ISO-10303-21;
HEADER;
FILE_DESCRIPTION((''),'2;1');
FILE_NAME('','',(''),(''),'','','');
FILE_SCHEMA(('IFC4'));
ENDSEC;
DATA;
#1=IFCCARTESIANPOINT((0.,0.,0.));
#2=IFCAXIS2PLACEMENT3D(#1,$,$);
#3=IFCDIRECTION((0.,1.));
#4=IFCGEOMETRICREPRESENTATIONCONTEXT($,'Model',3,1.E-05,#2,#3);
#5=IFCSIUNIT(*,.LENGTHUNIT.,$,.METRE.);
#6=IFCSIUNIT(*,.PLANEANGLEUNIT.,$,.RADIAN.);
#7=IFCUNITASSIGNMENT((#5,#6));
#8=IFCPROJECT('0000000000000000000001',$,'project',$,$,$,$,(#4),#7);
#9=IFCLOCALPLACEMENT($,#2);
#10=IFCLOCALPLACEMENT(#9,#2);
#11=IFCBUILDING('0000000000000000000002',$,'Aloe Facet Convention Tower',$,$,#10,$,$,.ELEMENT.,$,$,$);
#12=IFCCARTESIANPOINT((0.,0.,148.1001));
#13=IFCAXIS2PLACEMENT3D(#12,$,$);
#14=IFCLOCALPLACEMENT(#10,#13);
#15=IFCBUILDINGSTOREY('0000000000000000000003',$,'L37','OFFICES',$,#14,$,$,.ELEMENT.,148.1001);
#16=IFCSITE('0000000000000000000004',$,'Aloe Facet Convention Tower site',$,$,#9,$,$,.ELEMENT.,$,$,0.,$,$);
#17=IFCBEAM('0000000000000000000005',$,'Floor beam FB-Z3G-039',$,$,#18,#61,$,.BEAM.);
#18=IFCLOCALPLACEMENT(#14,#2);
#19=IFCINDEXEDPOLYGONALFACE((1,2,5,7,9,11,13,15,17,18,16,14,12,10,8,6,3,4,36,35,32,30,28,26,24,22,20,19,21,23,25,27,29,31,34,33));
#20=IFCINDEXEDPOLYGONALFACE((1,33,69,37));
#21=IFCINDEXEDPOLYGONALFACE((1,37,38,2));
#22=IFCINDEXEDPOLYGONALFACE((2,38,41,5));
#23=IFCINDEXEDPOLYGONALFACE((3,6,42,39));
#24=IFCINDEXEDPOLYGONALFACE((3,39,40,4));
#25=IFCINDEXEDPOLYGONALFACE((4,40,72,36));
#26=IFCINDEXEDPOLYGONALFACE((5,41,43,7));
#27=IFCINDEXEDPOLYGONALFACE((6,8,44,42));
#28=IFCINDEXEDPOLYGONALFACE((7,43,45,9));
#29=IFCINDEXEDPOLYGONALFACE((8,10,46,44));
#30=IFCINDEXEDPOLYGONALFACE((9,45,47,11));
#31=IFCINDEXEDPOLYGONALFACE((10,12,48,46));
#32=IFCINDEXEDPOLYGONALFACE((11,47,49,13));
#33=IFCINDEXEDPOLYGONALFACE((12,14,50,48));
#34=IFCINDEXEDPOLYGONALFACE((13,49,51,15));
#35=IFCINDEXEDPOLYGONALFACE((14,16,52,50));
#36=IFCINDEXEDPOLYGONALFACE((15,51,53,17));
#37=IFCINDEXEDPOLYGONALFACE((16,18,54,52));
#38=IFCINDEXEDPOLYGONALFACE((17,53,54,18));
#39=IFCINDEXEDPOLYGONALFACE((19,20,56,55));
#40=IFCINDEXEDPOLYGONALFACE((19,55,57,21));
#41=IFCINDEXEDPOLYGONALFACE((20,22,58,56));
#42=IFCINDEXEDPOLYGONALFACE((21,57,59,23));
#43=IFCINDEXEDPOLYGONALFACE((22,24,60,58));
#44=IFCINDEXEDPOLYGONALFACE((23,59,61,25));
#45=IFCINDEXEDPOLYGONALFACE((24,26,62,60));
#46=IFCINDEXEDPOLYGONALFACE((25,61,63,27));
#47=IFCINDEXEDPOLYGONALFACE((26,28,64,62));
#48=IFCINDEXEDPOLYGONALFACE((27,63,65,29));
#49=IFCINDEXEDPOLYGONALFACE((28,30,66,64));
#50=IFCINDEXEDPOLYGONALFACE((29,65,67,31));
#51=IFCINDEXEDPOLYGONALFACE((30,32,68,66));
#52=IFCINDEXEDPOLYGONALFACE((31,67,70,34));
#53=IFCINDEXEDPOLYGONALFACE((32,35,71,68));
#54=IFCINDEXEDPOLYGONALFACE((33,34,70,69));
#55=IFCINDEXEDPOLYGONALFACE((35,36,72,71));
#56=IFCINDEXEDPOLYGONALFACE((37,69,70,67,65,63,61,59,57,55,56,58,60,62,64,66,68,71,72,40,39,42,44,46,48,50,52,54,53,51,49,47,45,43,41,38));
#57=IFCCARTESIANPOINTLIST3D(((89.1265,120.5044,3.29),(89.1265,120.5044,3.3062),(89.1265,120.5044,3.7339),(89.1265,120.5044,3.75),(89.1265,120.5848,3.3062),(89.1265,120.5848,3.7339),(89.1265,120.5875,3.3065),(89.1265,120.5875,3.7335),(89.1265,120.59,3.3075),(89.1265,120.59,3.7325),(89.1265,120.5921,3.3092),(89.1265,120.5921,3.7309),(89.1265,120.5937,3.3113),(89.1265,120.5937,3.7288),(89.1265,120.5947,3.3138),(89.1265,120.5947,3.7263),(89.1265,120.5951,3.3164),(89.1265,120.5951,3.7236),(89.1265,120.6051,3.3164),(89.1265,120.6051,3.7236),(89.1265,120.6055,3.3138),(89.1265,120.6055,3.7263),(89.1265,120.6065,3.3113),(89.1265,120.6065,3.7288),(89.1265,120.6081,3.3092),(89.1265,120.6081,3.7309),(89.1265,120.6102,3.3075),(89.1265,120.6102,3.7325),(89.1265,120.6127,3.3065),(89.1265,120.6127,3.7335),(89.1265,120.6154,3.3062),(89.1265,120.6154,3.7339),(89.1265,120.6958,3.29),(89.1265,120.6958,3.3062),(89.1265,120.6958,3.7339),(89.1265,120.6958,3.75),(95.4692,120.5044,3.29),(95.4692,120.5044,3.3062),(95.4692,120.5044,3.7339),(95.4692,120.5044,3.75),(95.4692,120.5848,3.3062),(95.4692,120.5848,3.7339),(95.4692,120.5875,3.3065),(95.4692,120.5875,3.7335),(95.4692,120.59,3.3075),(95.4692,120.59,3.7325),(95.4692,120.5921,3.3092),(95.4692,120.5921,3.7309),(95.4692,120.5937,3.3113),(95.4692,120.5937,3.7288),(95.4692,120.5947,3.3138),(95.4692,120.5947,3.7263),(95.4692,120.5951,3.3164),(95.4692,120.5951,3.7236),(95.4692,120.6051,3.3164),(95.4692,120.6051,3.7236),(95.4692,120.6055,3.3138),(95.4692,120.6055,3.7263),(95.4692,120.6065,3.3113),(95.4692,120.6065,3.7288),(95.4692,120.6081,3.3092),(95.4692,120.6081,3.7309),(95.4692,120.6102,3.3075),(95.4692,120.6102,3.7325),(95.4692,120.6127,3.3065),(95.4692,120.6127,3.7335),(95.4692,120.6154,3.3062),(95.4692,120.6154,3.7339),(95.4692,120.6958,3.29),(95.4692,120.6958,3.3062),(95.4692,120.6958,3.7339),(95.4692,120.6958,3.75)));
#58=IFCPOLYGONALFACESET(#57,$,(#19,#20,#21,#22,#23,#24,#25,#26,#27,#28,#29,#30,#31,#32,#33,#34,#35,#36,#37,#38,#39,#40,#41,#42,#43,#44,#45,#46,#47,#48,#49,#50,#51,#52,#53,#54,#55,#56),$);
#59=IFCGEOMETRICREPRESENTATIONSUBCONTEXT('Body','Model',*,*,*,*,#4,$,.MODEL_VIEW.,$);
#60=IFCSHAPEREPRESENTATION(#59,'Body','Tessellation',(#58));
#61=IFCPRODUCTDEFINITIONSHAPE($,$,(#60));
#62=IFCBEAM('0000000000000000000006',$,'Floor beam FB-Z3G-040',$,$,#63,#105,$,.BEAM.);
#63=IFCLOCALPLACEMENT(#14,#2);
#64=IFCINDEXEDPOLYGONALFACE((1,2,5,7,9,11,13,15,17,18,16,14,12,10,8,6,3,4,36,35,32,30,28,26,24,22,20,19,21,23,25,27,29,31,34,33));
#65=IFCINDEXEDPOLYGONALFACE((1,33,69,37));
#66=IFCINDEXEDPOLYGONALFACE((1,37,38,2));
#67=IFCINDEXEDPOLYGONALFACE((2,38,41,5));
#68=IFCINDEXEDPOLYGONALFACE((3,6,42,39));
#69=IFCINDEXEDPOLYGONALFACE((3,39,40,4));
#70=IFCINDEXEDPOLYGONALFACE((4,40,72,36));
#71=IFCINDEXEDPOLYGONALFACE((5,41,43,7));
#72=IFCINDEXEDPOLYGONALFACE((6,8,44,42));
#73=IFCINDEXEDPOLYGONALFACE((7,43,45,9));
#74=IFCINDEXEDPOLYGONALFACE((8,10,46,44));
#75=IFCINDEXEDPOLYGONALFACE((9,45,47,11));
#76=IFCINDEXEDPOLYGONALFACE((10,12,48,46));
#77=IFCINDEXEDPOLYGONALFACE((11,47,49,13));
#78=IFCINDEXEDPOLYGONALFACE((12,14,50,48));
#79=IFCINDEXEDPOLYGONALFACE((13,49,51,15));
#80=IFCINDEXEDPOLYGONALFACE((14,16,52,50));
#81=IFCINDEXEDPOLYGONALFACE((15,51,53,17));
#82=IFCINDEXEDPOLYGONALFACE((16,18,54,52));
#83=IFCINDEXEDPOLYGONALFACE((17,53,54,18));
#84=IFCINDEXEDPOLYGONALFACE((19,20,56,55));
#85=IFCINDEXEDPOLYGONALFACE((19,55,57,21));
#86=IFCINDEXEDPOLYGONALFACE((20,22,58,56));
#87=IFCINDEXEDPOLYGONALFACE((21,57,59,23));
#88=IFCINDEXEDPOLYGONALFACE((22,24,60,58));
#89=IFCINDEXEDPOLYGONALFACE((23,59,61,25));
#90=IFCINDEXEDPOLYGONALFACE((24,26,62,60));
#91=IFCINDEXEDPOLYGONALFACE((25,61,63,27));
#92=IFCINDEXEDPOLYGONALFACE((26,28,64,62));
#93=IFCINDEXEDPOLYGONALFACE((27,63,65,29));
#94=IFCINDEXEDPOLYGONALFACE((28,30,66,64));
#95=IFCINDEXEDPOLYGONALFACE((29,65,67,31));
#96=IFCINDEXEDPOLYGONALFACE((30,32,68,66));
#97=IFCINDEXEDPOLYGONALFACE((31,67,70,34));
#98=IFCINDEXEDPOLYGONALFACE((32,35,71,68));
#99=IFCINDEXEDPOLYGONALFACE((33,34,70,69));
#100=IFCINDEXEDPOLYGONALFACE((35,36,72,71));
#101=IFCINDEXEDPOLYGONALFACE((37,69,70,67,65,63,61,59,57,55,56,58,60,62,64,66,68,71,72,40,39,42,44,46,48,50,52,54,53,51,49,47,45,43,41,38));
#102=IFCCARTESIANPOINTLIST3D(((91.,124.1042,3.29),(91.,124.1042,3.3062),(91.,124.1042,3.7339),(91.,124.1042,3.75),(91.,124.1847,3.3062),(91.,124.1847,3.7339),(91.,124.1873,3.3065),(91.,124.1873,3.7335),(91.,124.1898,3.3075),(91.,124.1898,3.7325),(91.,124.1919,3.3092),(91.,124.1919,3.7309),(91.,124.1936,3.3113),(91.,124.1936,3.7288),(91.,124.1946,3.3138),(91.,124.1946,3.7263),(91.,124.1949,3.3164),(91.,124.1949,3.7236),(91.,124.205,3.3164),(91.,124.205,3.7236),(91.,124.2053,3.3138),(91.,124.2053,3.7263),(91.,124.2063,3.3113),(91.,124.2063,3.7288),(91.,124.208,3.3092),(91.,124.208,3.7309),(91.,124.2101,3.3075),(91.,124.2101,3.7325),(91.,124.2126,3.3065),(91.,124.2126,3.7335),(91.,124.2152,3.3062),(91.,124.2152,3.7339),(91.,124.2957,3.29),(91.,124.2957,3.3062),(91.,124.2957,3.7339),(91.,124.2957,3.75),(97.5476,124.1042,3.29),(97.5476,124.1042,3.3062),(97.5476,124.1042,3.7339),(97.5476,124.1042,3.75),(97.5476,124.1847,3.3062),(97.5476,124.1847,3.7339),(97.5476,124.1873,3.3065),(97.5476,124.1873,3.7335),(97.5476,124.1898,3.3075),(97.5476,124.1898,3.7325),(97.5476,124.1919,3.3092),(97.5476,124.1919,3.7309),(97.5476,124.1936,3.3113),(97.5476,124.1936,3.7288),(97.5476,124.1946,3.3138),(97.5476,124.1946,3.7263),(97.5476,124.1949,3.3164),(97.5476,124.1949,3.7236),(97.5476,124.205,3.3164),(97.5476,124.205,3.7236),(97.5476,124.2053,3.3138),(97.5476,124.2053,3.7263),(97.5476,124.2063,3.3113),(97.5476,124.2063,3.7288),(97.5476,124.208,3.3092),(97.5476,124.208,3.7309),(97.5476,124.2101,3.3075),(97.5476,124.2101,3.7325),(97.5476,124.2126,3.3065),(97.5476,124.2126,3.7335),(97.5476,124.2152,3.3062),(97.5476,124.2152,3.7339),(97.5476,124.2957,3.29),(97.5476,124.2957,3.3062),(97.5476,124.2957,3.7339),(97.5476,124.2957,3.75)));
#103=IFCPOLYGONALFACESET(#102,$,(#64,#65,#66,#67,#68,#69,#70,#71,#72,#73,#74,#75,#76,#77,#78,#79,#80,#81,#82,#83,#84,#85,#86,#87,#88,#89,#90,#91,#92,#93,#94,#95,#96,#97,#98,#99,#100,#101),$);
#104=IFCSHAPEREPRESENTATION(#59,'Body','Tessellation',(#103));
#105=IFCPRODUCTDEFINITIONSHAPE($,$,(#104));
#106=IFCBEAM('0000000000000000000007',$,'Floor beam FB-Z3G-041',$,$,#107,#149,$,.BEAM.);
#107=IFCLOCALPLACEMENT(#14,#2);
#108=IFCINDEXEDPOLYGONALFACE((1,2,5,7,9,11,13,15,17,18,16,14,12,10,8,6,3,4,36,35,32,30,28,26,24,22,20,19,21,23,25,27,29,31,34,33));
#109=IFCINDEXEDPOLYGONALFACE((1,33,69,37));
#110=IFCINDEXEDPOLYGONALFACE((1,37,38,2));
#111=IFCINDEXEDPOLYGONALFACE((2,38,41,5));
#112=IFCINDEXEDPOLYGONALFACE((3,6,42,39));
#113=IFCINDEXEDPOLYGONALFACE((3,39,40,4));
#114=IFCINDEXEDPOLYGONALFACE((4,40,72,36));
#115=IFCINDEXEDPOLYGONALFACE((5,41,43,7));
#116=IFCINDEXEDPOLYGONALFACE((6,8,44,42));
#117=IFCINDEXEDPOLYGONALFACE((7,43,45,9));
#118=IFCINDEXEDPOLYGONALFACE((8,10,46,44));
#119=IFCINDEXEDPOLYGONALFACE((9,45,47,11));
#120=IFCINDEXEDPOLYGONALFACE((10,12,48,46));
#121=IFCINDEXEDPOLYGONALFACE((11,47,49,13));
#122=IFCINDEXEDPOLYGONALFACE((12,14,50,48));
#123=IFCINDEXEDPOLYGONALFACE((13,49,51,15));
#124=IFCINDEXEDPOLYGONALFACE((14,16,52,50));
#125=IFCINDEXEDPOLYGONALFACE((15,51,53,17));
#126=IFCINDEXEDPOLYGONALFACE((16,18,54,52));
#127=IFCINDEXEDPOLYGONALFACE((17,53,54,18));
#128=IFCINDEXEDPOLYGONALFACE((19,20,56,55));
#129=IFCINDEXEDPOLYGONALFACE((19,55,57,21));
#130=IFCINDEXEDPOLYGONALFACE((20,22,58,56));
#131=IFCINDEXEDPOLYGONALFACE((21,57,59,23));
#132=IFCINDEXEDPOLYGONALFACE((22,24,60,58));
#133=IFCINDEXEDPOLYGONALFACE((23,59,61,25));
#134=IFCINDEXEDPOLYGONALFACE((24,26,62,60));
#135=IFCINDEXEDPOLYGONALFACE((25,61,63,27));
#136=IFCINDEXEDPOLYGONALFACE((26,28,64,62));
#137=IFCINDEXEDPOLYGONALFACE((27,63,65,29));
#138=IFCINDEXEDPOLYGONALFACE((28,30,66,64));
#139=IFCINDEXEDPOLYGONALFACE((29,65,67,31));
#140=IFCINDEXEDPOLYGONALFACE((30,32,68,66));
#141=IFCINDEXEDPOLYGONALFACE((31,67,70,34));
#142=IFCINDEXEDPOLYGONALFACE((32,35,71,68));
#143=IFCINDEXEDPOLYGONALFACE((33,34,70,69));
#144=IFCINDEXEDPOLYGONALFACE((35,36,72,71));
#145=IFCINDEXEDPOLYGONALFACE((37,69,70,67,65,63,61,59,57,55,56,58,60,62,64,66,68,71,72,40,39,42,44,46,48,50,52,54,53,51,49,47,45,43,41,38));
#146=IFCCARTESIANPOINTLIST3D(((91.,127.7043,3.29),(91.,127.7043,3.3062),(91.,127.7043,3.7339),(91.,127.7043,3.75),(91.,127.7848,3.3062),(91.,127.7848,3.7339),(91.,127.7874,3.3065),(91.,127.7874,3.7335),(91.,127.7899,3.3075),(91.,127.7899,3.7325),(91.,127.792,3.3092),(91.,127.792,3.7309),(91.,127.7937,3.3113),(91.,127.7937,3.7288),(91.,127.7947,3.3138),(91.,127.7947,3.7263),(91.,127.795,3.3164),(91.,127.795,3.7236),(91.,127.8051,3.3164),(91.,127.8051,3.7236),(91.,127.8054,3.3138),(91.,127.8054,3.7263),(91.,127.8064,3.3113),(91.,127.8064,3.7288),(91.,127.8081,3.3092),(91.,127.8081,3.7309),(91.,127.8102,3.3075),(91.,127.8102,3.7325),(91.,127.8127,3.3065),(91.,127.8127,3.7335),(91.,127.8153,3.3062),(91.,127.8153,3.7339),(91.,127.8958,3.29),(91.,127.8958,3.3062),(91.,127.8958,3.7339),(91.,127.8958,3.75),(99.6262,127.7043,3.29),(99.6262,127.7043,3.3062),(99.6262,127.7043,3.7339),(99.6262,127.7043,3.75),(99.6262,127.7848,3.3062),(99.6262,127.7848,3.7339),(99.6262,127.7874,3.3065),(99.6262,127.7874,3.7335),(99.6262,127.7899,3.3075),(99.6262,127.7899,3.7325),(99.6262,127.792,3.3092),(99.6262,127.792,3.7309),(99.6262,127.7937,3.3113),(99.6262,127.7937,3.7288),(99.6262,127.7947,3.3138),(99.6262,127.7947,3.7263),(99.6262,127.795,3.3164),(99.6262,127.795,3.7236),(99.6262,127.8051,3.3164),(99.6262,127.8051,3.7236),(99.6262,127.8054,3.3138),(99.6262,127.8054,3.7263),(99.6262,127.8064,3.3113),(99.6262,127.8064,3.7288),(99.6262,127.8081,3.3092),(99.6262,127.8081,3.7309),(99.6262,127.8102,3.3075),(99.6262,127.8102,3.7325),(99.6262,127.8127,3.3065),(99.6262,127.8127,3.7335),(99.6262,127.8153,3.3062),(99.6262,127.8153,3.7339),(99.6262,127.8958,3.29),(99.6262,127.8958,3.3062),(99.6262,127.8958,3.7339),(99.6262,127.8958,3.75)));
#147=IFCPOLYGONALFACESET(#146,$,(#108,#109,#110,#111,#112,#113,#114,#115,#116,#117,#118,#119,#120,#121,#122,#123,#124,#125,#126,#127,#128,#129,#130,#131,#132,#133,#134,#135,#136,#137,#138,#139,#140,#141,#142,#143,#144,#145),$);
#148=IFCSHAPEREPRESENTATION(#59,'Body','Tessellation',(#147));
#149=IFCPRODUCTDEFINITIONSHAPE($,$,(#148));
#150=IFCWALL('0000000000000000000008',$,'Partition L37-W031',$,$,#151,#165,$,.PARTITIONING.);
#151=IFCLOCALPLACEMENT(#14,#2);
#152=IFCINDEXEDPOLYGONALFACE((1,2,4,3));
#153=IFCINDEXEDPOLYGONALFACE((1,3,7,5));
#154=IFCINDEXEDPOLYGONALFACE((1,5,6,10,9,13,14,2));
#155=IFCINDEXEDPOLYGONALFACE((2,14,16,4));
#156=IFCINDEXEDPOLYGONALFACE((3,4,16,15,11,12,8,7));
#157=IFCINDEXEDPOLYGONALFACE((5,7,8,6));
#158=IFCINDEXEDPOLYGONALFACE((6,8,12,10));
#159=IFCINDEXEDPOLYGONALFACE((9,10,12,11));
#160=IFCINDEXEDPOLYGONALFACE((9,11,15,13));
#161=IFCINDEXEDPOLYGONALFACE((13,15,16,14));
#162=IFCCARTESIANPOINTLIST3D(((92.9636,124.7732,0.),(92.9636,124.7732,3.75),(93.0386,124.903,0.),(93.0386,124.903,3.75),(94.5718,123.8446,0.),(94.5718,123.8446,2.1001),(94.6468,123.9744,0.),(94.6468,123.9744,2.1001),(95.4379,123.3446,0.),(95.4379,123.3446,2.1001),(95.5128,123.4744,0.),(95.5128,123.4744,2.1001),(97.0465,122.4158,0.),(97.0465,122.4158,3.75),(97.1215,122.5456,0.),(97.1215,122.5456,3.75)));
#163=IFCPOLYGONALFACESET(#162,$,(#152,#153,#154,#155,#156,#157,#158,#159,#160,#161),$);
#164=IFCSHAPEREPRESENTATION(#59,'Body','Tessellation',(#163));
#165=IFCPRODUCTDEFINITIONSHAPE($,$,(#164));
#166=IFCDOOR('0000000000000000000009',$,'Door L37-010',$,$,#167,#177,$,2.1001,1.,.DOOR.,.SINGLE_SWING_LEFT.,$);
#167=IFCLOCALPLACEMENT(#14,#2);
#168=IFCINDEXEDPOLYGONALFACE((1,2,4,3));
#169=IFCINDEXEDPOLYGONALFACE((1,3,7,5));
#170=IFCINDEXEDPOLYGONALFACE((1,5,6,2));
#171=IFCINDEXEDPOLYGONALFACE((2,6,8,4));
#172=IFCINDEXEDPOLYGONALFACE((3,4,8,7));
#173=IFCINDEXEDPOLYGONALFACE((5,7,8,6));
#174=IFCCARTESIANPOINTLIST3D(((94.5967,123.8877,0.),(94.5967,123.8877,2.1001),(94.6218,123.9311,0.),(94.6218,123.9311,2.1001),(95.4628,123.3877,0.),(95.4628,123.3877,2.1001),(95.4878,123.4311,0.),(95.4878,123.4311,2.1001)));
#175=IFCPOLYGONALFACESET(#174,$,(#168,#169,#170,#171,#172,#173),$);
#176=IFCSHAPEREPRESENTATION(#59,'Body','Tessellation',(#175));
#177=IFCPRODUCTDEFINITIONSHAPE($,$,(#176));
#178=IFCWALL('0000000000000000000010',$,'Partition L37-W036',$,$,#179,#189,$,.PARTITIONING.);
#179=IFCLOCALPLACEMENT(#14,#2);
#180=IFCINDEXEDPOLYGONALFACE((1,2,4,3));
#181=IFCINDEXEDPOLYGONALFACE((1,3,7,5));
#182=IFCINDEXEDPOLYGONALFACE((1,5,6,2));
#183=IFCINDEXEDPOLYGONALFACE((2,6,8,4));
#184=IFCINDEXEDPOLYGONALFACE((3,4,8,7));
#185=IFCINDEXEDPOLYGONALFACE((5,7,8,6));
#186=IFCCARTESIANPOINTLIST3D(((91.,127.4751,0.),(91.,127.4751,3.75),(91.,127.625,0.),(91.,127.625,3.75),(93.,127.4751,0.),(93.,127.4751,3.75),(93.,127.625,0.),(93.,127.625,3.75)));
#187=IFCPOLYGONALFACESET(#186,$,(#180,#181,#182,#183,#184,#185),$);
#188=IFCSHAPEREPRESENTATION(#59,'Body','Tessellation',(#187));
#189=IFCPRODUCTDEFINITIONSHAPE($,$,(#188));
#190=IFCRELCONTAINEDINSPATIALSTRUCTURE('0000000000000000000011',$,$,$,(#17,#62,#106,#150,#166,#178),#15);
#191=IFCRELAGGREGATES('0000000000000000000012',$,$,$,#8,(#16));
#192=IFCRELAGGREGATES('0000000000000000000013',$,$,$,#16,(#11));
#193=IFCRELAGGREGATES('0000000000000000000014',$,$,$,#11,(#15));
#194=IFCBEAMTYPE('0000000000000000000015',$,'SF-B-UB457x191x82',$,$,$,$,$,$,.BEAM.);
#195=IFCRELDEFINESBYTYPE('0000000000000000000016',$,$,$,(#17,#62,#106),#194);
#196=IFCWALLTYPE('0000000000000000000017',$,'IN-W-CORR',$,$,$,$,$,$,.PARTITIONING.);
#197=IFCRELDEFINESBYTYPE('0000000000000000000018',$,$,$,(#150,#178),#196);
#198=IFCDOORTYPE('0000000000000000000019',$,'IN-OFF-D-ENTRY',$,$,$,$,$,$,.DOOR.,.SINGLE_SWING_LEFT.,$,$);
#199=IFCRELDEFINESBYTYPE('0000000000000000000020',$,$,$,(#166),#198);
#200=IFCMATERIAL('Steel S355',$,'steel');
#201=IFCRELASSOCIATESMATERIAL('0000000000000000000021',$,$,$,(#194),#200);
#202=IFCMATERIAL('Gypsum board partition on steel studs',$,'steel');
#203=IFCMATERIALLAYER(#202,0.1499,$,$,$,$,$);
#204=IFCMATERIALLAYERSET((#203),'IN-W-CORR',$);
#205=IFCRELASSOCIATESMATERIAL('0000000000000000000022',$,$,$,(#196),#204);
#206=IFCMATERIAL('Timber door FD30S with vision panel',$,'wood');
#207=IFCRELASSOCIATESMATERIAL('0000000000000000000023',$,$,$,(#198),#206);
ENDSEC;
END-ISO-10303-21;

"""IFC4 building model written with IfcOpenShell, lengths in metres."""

from ifc_helpers import new_model, si_unit, direction, frame, frame_2d, origin, origin_2d, place, context, subcontext, project, spatial, rectangle, i_section, extrude, material, layer, layer_set, material_profile, profile_set, type_object, element, fill, save


model = new_model("IFC4")

# Units and contexts
model_context = context("Model", 3, precision=1e-05, world=origin(), true_north=direction((0.0, 1.0)))
body_context = subcontext(model_context, "Body", "Model", "MODEL_VIEW")
ifc_project = project(units=[si_unit("LENGTHUNIT", "METRE"), si_unit("PLANEANGLEUNIT", "RADIAN")], contexts=[model_context])

# Site, building, storey
site_placement = place(None, origin())
site = spatial("IfcSite", under=ifc_project, at=site_placement, Name="Aloe Facet Convention Tower site", CompositionType="ELEMENT", RefElevation=0.0)
building_placement = place(site_placement, origin())
building = spatial("IfcBuilding", under=site, at=building_placement, Name="Aloe Facet Convention Tower", CompositionType="ELEMENT")
storey_placement = place(building_placement, frame((0.0, 0.0, 148.1001)))
storey = spatial("IfcBuildingStorey", under=building, at=storey_placement, Name="L37", Description="OFFICES", CompositionType="ELEMENT", Elevation=148.1001)

# Beams
ifc_material_1 = material(Name="Steel S355", Category="steel")
ifc_material_profile = material_profile(ifc_material_1, i_section(OverallWidth=0.1914, OverallDepth=0.46, WebThickness=0.01, FlangeThickness=0.0161, FilletRadius=0.0103, at=origin_2d()), Name="UB 457x191x82")
ifc_profile_set = profile_set([ifc_material_profile], Name="Steel S355")
beam_type = type_object("IfcBeamType", Name="SF-B-UB457x191x82", PredefinedType="BEAM", material=ifc_profile_set)
beam_1_placement = place(storey_placement, frame((89.1265, 120.6001, 3.52), z_axis=(1.0, 0.0, 0.0), x_axis=(0.0, 1.0, 0.0)))
element("IfcBeam", 1, at=beam_1_placement, inside=storey, type_object=beam_type, Name="Floor beam FB-Z3G-039", PredefinedType="BEAM", context=body_context, shape_type="SweptSolid", body=[
    extrude(i_section(OverallWidth=0.1914, OverallDepth=0.46, WebThickness=0.01, FlangeThickness=0.0161, FilletRadius=0.0103, at=origin_2d()), origin(), (0.0, 0.0, 1.0), 6.3428),
])
beam_2_placement = place(storey_placement, frame((91.0, 124.2, 3.52), z_axis=(1.0, 0.0, 0.0), x_axis=(0.0, 1.0, 0.0)))
element("IfcBeam", 2, at=beam_2_placement, inside=storey, type_object=beam_type, Name="Floor beam FB-Z3G-040", PredefinedType="BEAM", context=body_context, shape_type="SweptSolid", body=[
    extrude(i_section(OverallWidth=0.1914, OverallDepth=0.46, WebThickness=0.01, FlangeThickness=0.0161, FilletRadius=0.0103, at=origin_2d()), origin(), (0.0, 0.0, 1.0), 6.5476),
])
beam_3_placement = place(storey_placement, frame((91.0, 127.8, 3.52), z_axis=(1.0, 0.0, 0.0), x_axis=(0.0, 1.0, 0.0)))
element("IfcBeam", 3, at=beam_3_placement, inside=storey, type_object=beam_type, Name="Floor beam FB-Z3G-041", PredefinedType="BEAM", context=body_context, shape_type="SweptSolid", body=[
    extrude(i_section(OverallWidth=0.1914, OverallDepth=0.46, WebThickness=0.01, FlangeThickness=0.0161, FilletRadius=0.0103, at=origin_2d()), origin(), (0.0, 0.0, 1.0), 8.6262),
])

# Wall, opening, door
ifc_material_2 = material(Name="Gypsum board partition on steel studs", Category="steel")
ifc_layer_1 = layer(ifc_material_2, 0.1499)
ifc_layer_set_1 = layer_set([ifc_layer_1], Name="IN-W-CORR")
wall_type_1 = type_object("IfcWallType", Name="IN-W-CORR", PredefinedType="PARTITIONING", material=ifc_layer_set_1)
wall_1_placement = place(storey_placement, frame((93.001, 124.8381, 0.0), z_axis=(0.0, 0.0, 1.0), x_axis=(0.866017, -0.500015, 0.0)))
wall_1 = element("IfcWall", 4, at=wall_1_placement, inside=storey, type_object=wall_type_1, Name="Partition L37-W031", PredefinedType="PARTITIONING", context=body_context, shape_type="SweptSolid", body=[
    extrude(rectangle(XDim=4.7146, YDim=0.1499, at=frame_2d((2.3574, 0.0))), origin(), (0.0, 0.0, 1.0), 3.75),
])
opening_placement = place(wall_1_placement, frame((1.8572, 0.0, 0.0)))
opening = element("IfcOpeningElement", 5, at=opening_placement, cuts=wall_1, PredefinedType="OPENING", context=body_context, shape_type="SweptSolid", body=[
    extrude(rectangle(XDim=1.0, YDim=2.1001, at=frame_2d((0.5, 1.05))), frame((0.0, 0.085, 0.0), z_axis=(0.0, -1.0, 0.0), x_axis=(1.0, 0.0, 0.0)), (0.0, 0.0, 1.0), 0.1699),
])
ifc_material_3 = material(Name="Timber door FD30S with vision panel", Category="wood")
door_type = type_object("IfcDoorType", Name="IN-OFF-D-ENTRY", OperationType="SINGLE_SWING_LEFT", PredefinedType="DOOR", material=ifc_material_3)
door_placement = place(opening_placement, origin())
door = element("IfcDoor", 6, at=door_placement, inside=storey, type_object=door_type, Name="Door L37-010", OperationType="SINGLE_SWING_LEFT", OverallHeight=2.1001, OverallWidth=1.0, PredefinedType="DOOR", context=body_context, shape_type="SweptSolid", body=[
    extrude(rectangle(XDim=1.0, YDim=2.1001, at=frame_2d((0.5, 1.05))), frame((0.0, 0.0249, 0.0), z_axis=(0.0, -1.0, 0.0), x_axis=(1.0, 0.0, 0.0)), (0.0, 0.0, 1.0), 0.05),
])
fill(opening, door)

# Wall
wall_2_placement = place(storey_placement, frame((91.0, 127.55, 0.0), z_axis=(0.0, 0.0, 1.0), x_axis=(1.0, 0.0, 0.0)))
element("IfcWall", 7, at=wall_2_placement, inside=storey, type_object=wall_type_1, Name="Partition L37-W036", PredefinedType="PARTITIONING", context=body_context, shape_type="SweptSolid", body=[
    extrude(rectangle(XDim=2.0, YDim=0.1499, at=frame_2d((1.0, 0.0))), origin(), (0.0, 0.0, 1.0), 3.75),
])

save(model, "model.ifc")
